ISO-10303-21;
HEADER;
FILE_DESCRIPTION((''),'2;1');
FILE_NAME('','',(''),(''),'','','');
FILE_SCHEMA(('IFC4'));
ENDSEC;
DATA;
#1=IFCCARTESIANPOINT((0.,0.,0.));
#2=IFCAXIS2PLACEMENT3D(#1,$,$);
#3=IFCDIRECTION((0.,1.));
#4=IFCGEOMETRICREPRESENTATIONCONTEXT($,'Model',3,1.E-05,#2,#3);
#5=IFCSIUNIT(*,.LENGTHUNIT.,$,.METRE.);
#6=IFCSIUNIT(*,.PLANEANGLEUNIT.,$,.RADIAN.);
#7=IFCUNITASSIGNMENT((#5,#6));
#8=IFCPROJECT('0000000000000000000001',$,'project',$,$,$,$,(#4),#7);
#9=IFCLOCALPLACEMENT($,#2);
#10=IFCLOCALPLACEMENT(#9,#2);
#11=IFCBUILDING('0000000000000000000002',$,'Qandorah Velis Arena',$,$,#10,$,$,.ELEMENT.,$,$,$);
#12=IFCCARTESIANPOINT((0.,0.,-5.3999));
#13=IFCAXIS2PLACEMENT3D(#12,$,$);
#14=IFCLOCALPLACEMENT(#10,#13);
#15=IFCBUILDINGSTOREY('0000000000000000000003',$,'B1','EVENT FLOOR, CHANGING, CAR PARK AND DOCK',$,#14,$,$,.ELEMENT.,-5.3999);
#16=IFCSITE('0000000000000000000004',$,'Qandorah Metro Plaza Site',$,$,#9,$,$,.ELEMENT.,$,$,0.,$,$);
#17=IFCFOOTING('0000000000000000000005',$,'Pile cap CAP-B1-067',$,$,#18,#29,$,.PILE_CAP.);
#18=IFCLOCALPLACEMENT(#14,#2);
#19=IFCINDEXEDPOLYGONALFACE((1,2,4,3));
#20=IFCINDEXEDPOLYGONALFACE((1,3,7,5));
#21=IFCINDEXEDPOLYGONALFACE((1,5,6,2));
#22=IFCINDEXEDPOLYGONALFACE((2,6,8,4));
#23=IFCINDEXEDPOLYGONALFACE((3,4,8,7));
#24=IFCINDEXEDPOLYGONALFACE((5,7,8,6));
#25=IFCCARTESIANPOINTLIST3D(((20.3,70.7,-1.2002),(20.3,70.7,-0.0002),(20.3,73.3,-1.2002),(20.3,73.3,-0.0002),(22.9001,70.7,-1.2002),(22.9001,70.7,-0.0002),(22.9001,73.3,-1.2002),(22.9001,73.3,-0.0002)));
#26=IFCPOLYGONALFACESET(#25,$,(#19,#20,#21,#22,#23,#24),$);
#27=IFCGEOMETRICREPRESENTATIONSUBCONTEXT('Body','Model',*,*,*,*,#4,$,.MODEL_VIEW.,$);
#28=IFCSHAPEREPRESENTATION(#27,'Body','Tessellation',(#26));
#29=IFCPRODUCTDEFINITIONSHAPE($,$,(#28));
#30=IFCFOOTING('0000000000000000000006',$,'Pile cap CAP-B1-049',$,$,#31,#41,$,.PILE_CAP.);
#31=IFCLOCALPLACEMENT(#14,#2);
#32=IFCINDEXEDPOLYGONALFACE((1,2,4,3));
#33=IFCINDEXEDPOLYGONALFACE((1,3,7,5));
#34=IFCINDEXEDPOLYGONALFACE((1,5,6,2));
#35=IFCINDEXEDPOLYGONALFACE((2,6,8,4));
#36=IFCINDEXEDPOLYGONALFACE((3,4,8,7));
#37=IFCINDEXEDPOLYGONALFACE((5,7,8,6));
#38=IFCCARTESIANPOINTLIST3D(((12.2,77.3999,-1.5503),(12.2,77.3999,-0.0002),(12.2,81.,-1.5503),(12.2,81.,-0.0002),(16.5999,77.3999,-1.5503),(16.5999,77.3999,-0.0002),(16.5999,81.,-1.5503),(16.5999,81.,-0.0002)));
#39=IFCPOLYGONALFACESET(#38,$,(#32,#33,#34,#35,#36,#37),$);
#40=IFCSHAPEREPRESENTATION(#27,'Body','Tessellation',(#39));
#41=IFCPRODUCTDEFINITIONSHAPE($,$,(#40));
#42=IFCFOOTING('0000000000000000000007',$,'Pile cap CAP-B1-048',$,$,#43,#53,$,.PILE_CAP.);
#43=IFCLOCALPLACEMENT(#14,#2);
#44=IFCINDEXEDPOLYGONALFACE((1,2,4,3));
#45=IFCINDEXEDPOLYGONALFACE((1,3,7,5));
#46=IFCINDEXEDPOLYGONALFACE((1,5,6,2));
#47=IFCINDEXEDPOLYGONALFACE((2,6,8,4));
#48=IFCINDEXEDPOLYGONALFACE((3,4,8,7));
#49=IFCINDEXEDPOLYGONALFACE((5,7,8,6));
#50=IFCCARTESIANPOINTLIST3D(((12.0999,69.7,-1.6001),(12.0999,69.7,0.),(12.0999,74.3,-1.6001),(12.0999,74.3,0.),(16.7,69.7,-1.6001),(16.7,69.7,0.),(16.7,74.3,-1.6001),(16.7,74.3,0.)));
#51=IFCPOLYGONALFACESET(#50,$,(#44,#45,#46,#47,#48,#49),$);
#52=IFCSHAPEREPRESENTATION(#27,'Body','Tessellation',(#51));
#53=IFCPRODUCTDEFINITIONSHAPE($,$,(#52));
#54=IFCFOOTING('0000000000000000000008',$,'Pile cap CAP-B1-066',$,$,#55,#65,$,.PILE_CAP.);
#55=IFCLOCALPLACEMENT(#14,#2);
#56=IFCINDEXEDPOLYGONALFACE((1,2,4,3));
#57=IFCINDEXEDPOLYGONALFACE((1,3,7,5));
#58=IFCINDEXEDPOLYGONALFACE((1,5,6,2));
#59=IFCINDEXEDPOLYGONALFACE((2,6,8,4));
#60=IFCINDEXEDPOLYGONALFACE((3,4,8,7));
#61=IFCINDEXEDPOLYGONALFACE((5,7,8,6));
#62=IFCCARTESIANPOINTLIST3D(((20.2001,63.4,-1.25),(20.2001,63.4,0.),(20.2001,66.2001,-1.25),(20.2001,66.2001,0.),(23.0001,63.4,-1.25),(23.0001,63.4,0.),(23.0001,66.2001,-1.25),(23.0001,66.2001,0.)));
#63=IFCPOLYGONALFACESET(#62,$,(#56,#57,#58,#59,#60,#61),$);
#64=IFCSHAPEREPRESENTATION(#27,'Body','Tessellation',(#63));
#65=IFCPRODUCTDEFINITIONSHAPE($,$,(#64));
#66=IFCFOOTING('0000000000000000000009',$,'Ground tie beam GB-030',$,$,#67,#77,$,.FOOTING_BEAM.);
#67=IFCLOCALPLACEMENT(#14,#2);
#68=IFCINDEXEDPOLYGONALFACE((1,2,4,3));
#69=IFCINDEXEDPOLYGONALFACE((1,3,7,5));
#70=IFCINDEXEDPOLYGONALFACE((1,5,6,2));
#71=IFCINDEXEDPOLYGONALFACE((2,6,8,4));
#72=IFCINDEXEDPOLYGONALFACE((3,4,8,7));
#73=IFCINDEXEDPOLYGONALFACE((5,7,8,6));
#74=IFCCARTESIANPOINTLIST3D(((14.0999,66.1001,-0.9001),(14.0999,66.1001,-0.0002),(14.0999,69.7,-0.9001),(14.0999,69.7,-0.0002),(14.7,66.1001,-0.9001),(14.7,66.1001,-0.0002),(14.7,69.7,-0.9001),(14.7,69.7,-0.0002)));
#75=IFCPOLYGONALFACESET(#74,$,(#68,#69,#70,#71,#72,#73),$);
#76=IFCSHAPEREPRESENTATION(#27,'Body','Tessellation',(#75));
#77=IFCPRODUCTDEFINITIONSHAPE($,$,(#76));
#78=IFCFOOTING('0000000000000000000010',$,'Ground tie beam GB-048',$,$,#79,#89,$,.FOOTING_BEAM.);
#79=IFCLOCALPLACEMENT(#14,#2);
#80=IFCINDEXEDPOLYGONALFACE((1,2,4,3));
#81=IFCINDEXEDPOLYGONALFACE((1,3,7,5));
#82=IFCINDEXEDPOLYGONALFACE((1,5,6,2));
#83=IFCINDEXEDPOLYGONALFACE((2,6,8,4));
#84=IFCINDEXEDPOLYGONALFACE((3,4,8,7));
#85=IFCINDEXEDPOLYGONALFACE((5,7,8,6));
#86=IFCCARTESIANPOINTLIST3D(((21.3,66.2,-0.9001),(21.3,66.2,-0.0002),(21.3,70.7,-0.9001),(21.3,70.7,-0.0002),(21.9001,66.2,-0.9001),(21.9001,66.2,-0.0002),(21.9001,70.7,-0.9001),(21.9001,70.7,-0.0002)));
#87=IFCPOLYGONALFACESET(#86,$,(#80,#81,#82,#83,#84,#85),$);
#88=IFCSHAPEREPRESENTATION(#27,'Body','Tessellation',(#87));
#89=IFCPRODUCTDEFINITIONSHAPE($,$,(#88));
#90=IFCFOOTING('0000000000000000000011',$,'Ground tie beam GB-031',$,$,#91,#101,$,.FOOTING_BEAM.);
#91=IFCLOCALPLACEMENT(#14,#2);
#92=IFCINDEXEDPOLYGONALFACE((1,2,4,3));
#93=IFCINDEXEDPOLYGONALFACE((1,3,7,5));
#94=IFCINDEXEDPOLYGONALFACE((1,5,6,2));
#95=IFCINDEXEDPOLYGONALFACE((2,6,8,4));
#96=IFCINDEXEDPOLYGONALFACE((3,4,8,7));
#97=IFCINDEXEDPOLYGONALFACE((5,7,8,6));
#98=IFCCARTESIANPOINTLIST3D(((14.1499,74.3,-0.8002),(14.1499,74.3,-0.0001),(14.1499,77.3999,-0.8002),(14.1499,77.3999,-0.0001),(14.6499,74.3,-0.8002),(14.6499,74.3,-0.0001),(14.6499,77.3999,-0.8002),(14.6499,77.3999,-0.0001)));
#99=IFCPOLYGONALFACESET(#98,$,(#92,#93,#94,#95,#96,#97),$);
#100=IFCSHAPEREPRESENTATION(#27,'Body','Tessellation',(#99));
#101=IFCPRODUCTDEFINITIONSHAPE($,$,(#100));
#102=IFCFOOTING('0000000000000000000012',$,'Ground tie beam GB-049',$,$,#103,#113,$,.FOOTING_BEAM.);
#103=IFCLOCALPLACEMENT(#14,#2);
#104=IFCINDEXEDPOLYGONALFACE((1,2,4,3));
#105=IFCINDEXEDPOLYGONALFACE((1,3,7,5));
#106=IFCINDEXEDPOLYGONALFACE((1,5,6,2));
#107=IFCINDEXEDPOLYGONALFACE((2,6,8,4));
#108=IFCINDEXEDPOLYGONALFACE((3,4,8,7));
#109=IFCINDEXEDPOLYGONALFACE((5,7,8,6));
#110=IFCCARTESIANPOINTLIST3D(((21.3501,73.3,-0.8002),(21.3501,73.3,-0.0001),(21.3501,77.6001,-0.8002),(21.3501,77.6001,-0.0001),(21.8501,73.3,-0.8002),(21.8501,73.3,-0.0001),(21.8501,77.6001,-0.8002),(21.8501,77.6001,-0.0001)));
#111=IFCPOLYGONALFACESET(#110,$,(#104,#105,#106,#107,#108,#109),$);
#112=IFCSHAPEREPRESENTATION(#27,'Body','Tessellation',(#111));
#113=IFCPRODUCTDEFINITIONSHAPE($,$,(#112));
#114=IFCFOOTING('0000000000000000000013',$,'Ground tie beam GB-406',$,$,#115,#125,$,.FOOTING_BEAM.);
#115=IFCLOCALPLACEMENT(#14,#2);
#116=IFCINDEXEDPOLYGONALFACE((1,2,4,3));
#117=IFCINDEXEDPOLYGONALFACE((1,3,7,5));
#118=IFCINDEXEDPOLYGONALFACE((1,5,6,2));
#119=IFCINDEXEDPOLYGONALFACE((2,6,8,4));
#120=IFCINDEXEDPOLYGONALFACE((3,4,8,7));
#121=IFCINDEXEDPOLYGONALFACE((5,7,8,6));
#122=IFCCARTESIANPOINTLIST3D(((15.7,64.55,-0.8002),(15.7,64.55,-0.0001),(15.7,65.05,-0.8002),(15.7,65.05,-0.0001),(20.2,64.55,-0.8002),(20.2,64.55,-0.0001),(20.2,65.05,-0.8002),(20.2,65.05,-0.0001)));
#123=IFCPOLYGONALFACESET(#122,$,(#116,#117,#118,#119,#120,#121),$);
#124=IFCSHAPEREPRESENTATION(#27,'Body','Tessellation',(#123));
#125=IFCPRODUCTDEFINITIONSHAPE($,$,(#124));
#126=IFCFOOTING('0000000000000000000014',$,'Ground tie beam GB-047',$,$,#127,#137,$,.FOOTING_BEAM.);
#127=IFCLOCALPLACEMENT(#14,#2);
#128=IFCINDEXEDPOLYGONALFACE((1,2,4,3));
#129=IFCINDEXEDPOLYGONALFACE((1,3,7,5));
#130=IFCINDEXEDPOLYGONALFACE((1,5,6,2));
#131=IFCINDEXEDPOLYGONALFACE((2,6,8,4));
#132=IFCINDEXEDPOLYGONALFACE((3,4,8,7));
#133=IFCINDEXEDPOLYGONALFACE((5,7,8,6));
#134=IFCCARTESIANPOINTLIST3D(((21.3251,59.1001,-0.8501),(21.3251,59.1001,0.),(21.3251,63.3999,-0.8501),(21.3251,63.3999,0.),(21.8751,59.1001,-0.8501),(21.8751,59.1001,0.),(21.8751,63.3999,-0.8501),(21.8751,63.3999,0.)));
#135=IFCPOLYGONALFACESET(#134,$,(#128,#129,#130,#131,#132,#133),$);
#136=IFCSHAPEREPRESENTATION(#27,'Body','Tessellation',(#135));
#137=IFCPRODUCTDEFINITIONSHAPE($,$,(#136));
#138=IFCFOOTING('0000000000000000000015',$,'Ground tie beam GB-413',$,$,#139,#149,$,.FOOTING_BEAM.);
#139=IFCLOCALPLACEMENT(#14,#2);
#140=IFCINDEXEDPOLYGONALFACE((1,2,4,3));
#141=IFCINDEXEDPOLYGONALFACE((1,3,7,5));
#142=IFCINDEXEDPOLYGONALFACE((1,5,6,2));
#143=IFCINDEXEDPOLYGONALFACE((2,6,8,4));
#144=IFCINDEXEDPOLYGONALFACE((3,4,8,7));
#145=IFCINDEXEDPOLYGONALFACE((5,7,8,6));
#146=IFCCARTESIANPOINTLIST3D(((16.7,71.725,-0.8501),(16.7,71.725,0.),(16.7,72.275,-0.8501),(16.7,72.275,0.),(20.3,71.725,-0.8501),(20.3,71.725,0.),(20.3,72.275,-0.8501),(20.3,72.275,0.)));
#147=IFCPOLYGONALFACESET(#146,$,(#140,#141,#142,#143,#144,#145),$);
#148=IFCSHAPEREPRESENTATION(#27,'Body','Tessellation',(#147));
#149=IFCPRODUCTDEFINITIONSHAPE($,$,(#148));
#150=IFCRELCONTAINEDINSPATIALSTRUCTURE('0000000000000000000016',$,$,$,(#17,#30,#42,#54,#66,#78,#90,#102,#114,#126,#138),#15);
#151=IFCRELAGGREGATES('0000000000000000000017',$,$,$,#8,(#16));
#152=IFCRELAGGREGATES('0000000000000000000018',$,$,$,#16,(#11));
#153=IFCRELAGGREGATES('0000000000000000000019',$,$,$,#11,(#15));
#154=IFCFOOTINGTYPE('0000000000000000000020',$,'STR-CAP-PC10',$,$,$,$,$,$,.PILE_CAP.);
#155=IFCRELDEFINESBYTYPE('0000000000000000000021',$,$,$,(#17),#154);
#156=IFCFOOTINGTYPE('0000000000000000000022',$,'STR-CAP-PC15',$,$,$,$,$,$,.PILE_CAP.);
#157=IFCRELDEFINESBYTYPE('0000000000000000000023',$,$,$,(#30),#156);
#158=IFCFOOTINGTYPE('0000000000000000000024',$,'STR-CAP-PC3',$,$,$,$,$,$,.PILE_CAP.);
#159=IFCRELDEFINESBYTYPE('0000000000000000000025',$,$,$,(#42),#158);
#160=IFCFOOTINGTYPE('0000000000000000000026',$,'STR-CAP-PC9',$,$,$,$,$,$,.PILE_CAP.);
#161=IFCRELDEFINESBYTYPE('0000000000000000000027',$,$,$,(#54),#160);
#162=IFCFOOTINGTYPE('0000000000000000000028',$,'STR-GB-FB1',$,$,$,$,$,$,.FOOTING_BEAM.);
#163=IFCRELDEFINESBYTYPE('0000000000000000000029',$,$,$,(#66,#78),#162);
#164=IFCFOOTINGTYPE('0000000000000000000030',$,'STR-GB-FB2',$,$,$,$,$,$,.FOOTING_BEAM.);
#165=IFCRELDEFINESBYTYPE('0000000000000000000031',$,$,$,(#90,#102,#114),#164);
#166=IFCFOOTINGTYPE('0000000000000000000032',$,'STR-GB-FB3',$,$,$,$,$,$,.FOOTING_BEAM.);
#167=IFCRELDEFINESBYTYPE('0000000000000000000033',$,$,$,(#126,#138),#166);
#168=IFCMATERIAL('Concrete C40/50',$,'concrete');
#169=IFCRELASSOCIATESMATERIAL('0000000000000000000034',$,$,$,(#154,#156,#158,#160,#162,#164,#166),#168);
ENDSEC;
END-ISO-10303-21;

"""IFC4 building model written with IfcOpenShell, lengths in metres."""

from ifc_helpers import new_model, si_unit, direction, frame, origin, origin_2d, place, context, subcontext, project, spatial, rectangle, extrude, material, material_profile, profile_set, type_object, element, save


model = new_model("IFC4")

# Units and contexts
model_context = context("Model", 3, precision=1e-05, world=origin(), true_north=direction((0.0, 1.0)))
body_context = subcontext(model_context, "Body", "Model", "MODEL_VIEW")
ifc_project = project(units=[si_unit("LENGTHUNIT", "METRE"), si_unit("PLANEANGLEUNIT", "RADIAN")], contexts=[model_context])

# Site, building, storey
site_placement = place(None, origin())
site = spatial("IfcSite", under=ifc_project, at=site_placement, Name="Qandorah Metro Plaza Site", CompositionType="ELEMENT", RefElevation=0.0)
building_placement = place(site_placement, origin())
building = spatial("IfcBuilding", under=site, at=building_placement, Name="Qandorah Velis Arena", CompositionType="ELEMENT")
storey_placement = place(building_placement, frame((0.0, 0.0, -5.3999)))
storey = spatial("IfcBuildingStorey", under=building, at=storey_placement, Name="B1", Description="EVENT FLOOR, CHANGING, CAR PARK AND DOCK", CompositionType="ELEMENT", Elevation=-5.3999)

# Footings
ifc_material = material(Name="Concrete C40/50", Category="concrete")
footing_type_1 = type_object("IfcFootingType", Name="STR-CAP-PC10", PredefinedType="PILE_CAP", material=ifc_material)
footing_1_placement = place(storey_placement, frame((21.6001, 72.0, -1.2002), z_axis=(0.0, 0.0, 1.0), x_axis=(1.0, 0.0, 0.0)))
element("IfcFooting", 1, at=footing_1_placement, inside=storey, type_object=footing_type_1, Name="Pile cap CAP-B1-067", PredefinedType="PILE_CAP", context=body_context, shape_type="SweptSolid", body=[
    extrude(rectangle(XDim=2.6001, YDim=2.6001, at=origin_2d()), origin(), (0.0, 0.0, 1.0), 1.2),
])
footing_type_2 = type_object("IfcFootingType", Name="STR-CAP-PC15", PredefinedType="PILE_CAP", material=ifc_material)
footing_2_placement = place(storey_placement, frame((14.3999, 79.2, -1.5503), z_axis=(0.0, 0.0, 1.0), x_axis=(1.0, 0.0, 0.0)))
element("IfcFooting", 2, at=footing_2_placement, inside=storey, type_object=footing_type_2, Name="Pile cap CAP-B1-049", PredefinedType="PILE_CAP", context=body_context, shape_type="SweptSolid", body=[
    extrude(rectangle(XDim=4.3999, YDim=3.6001, at=origin_2d()), origin(), (0.0, 0.0, 1.0), 1.55),
])
footing_type_3 = type_object("IfcFootingType", Name="STR-CAP-PC3", PredefinedType="PILE_CAP", material=ifc_material)
footing_3_placement = place(storey_placement, frame((14.3999, 72.0, -1.6001), z_axis=(0.0, 0.0, 1.0), x_axis=(1.0, 0.0, 0.0)))
element("IfcFooting", 3, at=footing_3_placement, inside=storey, type_object=footing_type_3, Name="Pile cap CAP-B1-048", PredefinedType="PILE_CAP", context=body_context, shape_type="SweptSolid", body=[
    extrude(rectangle(XDim=4.6001, YDim=4.6001, at=origin_2d()), origin(), (0.0, 0.0, 1.0), 1.6001),
])
footing_type_4 = type_object("IfcFootingType", Name="STR-CAP-PC9", PredefinedType="PILE_CAP", material=ifc_material)
footing_4_placement = place(storey_placement, frame((21.6001, 64.8, -1.25), z_axis=(0.0, 0.0, 1.0), x_axis=(1.0, 0.0, 0.0)))
element("IfcFooting", 4, at=footing_4_placement, inside=storey, type_object=footing_type_4, Name="Pile cap CAP-B1-066", PredefinedType="PILE_CAP", context=body_context, shape_type="SweptSolid", body=[
    extrude(rectangle(XDim=2.8, YDim=2.8, at=origin_2d()), origin(), (0.0, 0.0, 1.0), 1.25),
])
ifc_material_profile_1 = material_profile(ifc_material, rectangle(XDim=0.6001, YDim=0.8999, at=origin_2d()), Name="GB1 600x900")
ifc_profile_set_1 = profile_set([ifc_material_profile_1], Name="Concrete C40/50")
footing_type_5 = type_object("IfcFootingType", Name="STR-GB-FB1", PredefinedType="FOOTING_BEAM", material=ifc_profile_set_1)
footing_5_placement = place(storey_placement, frame((14.3999, 66.1001, -0.4502), z_axis=(0.0, 1.0, 0.0), x_axis=(-1.0, 0.0, 0.0)))
element("IfcFooting", 5, at=footing_5_placement, inside=storey, type_object=footing_type_5, Name="Ground tie beam GB-030", PredefinedType="FOOTING_BEAM", context=body_context, shape_type="SweptSolid", body=[
    extrude(rectangle(XDim=0.6001, YDim=0.8999, at=origin_2d()), origin(), (0.0, 0.0, 1.0), 3.5999),
])
footing_6_placement = place(storey_placement, frame((21.6001, 66.2, -0.4502), z_axis=(0.0, 1.0, 0.0), x_axis=(-1.0, 0.0, 0.0)))
element("IfcFooting", 6, at=footing_6_placement, inside=storey, type_object=footing_type_5, Name="Ground tie beam GB-048", PredefinedType="FOOTING_BEAM", context=body_context, shape_type="SweptSolid", body=[
    extrude(rectangle(XDim=0.6001, YDim=0.8999, at=origin_2d()), origin(), (0.0, 0.0, 1.0), 4.5),
])
ifc_material_profile_2 = material_profile(ifc_material, rectangle(XDim=0.5, YDim=0.8, at=origin_2d()), Name="GB2 500x800")
ifc_profile_set_2 = profile_set([ifc_material_profile_2], Name="Concrete C40/50")
footing_type_6 = type_object("IfcFootingType", Name="STR-GB-FB2", PredefinedType="FOOTING_BEAM", material=ifc_profile_set_2)
footing_7_placement = place(storey_placement, frame((14.3999, 74.3, -0.4001), z_axis=(0.0, 1.0, 0.0), x_axis=(-1.0, 0.0, 0.0)))
element("IfcFooting", 7, at=footing_7_placement, inside=storey, type_object=footing_type_6, Name="Ground tie beam GB-031", PredefinedType="FOOTING_BEAM", context=body_context, shape_type="SweptSolid", body=[
    extrude(rectangle(XDim=0.5, YDim=0.8, at=origin_2d()), origin(), (0.0, 0.0, 1.0), 3.0999),
])
footing_8_placement = place(storey_placement, frame((21.6001, 73.3, -0.4001), z_axis=(0.0, 1.0, 0.0), x_axis=(-1.0, 0.0, 0.0)))
element("IfcFooting", 8, at=footing_8_placement, inside=storey, type_object=footing_type_6, Name="Ground tie beam GB-049", PredefinedType="FOOTING_BEAM", context=body_context, shape_type="SweptSolid", body=[
    extrude(rectangle(XDim=0.5, YDim=0.8, at=origin_2d()), origin(), (0.0, 0.0, 1.0), 4.3),
])
footing_9_placement = place(storey_placement, frame((15.7, 64.8, -0.4001), z_axis=(1.0, 0.0, 0.0), x_axis=(0.0, 1.0, 0.0)))
element("IfcFooting", 9, at=footing_9_placement, inside=storey, type_object=footing_type_6, Name="Ground tie beam GB-406", PredefinedType="FOOTING_BEAM", context=body_context, shape_type="SweptSolid", body=[
    extrude(rectangle(XDim=0.5, YDim=0.8, at=origin_2d()), origin(), (0.0, 0.0, 1.0), 4.5),
])
ifc_material_profile_3 = material_profile(ifc_material, rectangle(XDim=0.55, YDim=0.8501, at=origin_2d()), Name="GB3 550x850")
ifc_profile_set_3 = profile_set([ifc_material_profile_3], Name="Concrete C40/50")
footing_type_7 = type_object("IfcFootingType", Name="STR-GB-FB3", PredefinedType="FOOTING_BEAM", material=ifc_profile_set_3)
footing_10_placement = place(storey_placement, frame((21.6001, 59.1001, -0.425), z_axis=(0.0, 1.0, 0.0), x_axis=(-1.0, 0.0, 0.0)))
element("IfcFooting", 10, at=footing_10_placement, inside=storey, type_object=footing_type_7, Name="Ground tie beam GB-047", PredefinedType="FOOTING_BEAM", context=body_context, shape_type="SweptSolid", body=[
    extrude(rectangle(XDim=0.55, YDim=0.8501, at=origin_2d()), origin(), (0.0, 0.0, 1.0), 4.2998),
])
footing_11_placement = place(storey_placement, frame((16.7, 72.0, -0.425), z_axis=(1.0, 0.0, 0.0), x_axis=(0.0, 1.0, 0.0)))
element("IfcFooting", 11, at=footing_11_placement, inside=storey, type_object=footing_type_7, Name="Ground tie beam GB-413", PredefinedType="FOOTING_BEAM", context=body_context, shape_type="SweptSolid", body=[
    extrude(rectangle(XDim=0.55, YDim=0.8501, at=origin_2d()), origin(), (0.0, 0.0, 1.0), 3.6001),
])

save(model, "model.ifc")
